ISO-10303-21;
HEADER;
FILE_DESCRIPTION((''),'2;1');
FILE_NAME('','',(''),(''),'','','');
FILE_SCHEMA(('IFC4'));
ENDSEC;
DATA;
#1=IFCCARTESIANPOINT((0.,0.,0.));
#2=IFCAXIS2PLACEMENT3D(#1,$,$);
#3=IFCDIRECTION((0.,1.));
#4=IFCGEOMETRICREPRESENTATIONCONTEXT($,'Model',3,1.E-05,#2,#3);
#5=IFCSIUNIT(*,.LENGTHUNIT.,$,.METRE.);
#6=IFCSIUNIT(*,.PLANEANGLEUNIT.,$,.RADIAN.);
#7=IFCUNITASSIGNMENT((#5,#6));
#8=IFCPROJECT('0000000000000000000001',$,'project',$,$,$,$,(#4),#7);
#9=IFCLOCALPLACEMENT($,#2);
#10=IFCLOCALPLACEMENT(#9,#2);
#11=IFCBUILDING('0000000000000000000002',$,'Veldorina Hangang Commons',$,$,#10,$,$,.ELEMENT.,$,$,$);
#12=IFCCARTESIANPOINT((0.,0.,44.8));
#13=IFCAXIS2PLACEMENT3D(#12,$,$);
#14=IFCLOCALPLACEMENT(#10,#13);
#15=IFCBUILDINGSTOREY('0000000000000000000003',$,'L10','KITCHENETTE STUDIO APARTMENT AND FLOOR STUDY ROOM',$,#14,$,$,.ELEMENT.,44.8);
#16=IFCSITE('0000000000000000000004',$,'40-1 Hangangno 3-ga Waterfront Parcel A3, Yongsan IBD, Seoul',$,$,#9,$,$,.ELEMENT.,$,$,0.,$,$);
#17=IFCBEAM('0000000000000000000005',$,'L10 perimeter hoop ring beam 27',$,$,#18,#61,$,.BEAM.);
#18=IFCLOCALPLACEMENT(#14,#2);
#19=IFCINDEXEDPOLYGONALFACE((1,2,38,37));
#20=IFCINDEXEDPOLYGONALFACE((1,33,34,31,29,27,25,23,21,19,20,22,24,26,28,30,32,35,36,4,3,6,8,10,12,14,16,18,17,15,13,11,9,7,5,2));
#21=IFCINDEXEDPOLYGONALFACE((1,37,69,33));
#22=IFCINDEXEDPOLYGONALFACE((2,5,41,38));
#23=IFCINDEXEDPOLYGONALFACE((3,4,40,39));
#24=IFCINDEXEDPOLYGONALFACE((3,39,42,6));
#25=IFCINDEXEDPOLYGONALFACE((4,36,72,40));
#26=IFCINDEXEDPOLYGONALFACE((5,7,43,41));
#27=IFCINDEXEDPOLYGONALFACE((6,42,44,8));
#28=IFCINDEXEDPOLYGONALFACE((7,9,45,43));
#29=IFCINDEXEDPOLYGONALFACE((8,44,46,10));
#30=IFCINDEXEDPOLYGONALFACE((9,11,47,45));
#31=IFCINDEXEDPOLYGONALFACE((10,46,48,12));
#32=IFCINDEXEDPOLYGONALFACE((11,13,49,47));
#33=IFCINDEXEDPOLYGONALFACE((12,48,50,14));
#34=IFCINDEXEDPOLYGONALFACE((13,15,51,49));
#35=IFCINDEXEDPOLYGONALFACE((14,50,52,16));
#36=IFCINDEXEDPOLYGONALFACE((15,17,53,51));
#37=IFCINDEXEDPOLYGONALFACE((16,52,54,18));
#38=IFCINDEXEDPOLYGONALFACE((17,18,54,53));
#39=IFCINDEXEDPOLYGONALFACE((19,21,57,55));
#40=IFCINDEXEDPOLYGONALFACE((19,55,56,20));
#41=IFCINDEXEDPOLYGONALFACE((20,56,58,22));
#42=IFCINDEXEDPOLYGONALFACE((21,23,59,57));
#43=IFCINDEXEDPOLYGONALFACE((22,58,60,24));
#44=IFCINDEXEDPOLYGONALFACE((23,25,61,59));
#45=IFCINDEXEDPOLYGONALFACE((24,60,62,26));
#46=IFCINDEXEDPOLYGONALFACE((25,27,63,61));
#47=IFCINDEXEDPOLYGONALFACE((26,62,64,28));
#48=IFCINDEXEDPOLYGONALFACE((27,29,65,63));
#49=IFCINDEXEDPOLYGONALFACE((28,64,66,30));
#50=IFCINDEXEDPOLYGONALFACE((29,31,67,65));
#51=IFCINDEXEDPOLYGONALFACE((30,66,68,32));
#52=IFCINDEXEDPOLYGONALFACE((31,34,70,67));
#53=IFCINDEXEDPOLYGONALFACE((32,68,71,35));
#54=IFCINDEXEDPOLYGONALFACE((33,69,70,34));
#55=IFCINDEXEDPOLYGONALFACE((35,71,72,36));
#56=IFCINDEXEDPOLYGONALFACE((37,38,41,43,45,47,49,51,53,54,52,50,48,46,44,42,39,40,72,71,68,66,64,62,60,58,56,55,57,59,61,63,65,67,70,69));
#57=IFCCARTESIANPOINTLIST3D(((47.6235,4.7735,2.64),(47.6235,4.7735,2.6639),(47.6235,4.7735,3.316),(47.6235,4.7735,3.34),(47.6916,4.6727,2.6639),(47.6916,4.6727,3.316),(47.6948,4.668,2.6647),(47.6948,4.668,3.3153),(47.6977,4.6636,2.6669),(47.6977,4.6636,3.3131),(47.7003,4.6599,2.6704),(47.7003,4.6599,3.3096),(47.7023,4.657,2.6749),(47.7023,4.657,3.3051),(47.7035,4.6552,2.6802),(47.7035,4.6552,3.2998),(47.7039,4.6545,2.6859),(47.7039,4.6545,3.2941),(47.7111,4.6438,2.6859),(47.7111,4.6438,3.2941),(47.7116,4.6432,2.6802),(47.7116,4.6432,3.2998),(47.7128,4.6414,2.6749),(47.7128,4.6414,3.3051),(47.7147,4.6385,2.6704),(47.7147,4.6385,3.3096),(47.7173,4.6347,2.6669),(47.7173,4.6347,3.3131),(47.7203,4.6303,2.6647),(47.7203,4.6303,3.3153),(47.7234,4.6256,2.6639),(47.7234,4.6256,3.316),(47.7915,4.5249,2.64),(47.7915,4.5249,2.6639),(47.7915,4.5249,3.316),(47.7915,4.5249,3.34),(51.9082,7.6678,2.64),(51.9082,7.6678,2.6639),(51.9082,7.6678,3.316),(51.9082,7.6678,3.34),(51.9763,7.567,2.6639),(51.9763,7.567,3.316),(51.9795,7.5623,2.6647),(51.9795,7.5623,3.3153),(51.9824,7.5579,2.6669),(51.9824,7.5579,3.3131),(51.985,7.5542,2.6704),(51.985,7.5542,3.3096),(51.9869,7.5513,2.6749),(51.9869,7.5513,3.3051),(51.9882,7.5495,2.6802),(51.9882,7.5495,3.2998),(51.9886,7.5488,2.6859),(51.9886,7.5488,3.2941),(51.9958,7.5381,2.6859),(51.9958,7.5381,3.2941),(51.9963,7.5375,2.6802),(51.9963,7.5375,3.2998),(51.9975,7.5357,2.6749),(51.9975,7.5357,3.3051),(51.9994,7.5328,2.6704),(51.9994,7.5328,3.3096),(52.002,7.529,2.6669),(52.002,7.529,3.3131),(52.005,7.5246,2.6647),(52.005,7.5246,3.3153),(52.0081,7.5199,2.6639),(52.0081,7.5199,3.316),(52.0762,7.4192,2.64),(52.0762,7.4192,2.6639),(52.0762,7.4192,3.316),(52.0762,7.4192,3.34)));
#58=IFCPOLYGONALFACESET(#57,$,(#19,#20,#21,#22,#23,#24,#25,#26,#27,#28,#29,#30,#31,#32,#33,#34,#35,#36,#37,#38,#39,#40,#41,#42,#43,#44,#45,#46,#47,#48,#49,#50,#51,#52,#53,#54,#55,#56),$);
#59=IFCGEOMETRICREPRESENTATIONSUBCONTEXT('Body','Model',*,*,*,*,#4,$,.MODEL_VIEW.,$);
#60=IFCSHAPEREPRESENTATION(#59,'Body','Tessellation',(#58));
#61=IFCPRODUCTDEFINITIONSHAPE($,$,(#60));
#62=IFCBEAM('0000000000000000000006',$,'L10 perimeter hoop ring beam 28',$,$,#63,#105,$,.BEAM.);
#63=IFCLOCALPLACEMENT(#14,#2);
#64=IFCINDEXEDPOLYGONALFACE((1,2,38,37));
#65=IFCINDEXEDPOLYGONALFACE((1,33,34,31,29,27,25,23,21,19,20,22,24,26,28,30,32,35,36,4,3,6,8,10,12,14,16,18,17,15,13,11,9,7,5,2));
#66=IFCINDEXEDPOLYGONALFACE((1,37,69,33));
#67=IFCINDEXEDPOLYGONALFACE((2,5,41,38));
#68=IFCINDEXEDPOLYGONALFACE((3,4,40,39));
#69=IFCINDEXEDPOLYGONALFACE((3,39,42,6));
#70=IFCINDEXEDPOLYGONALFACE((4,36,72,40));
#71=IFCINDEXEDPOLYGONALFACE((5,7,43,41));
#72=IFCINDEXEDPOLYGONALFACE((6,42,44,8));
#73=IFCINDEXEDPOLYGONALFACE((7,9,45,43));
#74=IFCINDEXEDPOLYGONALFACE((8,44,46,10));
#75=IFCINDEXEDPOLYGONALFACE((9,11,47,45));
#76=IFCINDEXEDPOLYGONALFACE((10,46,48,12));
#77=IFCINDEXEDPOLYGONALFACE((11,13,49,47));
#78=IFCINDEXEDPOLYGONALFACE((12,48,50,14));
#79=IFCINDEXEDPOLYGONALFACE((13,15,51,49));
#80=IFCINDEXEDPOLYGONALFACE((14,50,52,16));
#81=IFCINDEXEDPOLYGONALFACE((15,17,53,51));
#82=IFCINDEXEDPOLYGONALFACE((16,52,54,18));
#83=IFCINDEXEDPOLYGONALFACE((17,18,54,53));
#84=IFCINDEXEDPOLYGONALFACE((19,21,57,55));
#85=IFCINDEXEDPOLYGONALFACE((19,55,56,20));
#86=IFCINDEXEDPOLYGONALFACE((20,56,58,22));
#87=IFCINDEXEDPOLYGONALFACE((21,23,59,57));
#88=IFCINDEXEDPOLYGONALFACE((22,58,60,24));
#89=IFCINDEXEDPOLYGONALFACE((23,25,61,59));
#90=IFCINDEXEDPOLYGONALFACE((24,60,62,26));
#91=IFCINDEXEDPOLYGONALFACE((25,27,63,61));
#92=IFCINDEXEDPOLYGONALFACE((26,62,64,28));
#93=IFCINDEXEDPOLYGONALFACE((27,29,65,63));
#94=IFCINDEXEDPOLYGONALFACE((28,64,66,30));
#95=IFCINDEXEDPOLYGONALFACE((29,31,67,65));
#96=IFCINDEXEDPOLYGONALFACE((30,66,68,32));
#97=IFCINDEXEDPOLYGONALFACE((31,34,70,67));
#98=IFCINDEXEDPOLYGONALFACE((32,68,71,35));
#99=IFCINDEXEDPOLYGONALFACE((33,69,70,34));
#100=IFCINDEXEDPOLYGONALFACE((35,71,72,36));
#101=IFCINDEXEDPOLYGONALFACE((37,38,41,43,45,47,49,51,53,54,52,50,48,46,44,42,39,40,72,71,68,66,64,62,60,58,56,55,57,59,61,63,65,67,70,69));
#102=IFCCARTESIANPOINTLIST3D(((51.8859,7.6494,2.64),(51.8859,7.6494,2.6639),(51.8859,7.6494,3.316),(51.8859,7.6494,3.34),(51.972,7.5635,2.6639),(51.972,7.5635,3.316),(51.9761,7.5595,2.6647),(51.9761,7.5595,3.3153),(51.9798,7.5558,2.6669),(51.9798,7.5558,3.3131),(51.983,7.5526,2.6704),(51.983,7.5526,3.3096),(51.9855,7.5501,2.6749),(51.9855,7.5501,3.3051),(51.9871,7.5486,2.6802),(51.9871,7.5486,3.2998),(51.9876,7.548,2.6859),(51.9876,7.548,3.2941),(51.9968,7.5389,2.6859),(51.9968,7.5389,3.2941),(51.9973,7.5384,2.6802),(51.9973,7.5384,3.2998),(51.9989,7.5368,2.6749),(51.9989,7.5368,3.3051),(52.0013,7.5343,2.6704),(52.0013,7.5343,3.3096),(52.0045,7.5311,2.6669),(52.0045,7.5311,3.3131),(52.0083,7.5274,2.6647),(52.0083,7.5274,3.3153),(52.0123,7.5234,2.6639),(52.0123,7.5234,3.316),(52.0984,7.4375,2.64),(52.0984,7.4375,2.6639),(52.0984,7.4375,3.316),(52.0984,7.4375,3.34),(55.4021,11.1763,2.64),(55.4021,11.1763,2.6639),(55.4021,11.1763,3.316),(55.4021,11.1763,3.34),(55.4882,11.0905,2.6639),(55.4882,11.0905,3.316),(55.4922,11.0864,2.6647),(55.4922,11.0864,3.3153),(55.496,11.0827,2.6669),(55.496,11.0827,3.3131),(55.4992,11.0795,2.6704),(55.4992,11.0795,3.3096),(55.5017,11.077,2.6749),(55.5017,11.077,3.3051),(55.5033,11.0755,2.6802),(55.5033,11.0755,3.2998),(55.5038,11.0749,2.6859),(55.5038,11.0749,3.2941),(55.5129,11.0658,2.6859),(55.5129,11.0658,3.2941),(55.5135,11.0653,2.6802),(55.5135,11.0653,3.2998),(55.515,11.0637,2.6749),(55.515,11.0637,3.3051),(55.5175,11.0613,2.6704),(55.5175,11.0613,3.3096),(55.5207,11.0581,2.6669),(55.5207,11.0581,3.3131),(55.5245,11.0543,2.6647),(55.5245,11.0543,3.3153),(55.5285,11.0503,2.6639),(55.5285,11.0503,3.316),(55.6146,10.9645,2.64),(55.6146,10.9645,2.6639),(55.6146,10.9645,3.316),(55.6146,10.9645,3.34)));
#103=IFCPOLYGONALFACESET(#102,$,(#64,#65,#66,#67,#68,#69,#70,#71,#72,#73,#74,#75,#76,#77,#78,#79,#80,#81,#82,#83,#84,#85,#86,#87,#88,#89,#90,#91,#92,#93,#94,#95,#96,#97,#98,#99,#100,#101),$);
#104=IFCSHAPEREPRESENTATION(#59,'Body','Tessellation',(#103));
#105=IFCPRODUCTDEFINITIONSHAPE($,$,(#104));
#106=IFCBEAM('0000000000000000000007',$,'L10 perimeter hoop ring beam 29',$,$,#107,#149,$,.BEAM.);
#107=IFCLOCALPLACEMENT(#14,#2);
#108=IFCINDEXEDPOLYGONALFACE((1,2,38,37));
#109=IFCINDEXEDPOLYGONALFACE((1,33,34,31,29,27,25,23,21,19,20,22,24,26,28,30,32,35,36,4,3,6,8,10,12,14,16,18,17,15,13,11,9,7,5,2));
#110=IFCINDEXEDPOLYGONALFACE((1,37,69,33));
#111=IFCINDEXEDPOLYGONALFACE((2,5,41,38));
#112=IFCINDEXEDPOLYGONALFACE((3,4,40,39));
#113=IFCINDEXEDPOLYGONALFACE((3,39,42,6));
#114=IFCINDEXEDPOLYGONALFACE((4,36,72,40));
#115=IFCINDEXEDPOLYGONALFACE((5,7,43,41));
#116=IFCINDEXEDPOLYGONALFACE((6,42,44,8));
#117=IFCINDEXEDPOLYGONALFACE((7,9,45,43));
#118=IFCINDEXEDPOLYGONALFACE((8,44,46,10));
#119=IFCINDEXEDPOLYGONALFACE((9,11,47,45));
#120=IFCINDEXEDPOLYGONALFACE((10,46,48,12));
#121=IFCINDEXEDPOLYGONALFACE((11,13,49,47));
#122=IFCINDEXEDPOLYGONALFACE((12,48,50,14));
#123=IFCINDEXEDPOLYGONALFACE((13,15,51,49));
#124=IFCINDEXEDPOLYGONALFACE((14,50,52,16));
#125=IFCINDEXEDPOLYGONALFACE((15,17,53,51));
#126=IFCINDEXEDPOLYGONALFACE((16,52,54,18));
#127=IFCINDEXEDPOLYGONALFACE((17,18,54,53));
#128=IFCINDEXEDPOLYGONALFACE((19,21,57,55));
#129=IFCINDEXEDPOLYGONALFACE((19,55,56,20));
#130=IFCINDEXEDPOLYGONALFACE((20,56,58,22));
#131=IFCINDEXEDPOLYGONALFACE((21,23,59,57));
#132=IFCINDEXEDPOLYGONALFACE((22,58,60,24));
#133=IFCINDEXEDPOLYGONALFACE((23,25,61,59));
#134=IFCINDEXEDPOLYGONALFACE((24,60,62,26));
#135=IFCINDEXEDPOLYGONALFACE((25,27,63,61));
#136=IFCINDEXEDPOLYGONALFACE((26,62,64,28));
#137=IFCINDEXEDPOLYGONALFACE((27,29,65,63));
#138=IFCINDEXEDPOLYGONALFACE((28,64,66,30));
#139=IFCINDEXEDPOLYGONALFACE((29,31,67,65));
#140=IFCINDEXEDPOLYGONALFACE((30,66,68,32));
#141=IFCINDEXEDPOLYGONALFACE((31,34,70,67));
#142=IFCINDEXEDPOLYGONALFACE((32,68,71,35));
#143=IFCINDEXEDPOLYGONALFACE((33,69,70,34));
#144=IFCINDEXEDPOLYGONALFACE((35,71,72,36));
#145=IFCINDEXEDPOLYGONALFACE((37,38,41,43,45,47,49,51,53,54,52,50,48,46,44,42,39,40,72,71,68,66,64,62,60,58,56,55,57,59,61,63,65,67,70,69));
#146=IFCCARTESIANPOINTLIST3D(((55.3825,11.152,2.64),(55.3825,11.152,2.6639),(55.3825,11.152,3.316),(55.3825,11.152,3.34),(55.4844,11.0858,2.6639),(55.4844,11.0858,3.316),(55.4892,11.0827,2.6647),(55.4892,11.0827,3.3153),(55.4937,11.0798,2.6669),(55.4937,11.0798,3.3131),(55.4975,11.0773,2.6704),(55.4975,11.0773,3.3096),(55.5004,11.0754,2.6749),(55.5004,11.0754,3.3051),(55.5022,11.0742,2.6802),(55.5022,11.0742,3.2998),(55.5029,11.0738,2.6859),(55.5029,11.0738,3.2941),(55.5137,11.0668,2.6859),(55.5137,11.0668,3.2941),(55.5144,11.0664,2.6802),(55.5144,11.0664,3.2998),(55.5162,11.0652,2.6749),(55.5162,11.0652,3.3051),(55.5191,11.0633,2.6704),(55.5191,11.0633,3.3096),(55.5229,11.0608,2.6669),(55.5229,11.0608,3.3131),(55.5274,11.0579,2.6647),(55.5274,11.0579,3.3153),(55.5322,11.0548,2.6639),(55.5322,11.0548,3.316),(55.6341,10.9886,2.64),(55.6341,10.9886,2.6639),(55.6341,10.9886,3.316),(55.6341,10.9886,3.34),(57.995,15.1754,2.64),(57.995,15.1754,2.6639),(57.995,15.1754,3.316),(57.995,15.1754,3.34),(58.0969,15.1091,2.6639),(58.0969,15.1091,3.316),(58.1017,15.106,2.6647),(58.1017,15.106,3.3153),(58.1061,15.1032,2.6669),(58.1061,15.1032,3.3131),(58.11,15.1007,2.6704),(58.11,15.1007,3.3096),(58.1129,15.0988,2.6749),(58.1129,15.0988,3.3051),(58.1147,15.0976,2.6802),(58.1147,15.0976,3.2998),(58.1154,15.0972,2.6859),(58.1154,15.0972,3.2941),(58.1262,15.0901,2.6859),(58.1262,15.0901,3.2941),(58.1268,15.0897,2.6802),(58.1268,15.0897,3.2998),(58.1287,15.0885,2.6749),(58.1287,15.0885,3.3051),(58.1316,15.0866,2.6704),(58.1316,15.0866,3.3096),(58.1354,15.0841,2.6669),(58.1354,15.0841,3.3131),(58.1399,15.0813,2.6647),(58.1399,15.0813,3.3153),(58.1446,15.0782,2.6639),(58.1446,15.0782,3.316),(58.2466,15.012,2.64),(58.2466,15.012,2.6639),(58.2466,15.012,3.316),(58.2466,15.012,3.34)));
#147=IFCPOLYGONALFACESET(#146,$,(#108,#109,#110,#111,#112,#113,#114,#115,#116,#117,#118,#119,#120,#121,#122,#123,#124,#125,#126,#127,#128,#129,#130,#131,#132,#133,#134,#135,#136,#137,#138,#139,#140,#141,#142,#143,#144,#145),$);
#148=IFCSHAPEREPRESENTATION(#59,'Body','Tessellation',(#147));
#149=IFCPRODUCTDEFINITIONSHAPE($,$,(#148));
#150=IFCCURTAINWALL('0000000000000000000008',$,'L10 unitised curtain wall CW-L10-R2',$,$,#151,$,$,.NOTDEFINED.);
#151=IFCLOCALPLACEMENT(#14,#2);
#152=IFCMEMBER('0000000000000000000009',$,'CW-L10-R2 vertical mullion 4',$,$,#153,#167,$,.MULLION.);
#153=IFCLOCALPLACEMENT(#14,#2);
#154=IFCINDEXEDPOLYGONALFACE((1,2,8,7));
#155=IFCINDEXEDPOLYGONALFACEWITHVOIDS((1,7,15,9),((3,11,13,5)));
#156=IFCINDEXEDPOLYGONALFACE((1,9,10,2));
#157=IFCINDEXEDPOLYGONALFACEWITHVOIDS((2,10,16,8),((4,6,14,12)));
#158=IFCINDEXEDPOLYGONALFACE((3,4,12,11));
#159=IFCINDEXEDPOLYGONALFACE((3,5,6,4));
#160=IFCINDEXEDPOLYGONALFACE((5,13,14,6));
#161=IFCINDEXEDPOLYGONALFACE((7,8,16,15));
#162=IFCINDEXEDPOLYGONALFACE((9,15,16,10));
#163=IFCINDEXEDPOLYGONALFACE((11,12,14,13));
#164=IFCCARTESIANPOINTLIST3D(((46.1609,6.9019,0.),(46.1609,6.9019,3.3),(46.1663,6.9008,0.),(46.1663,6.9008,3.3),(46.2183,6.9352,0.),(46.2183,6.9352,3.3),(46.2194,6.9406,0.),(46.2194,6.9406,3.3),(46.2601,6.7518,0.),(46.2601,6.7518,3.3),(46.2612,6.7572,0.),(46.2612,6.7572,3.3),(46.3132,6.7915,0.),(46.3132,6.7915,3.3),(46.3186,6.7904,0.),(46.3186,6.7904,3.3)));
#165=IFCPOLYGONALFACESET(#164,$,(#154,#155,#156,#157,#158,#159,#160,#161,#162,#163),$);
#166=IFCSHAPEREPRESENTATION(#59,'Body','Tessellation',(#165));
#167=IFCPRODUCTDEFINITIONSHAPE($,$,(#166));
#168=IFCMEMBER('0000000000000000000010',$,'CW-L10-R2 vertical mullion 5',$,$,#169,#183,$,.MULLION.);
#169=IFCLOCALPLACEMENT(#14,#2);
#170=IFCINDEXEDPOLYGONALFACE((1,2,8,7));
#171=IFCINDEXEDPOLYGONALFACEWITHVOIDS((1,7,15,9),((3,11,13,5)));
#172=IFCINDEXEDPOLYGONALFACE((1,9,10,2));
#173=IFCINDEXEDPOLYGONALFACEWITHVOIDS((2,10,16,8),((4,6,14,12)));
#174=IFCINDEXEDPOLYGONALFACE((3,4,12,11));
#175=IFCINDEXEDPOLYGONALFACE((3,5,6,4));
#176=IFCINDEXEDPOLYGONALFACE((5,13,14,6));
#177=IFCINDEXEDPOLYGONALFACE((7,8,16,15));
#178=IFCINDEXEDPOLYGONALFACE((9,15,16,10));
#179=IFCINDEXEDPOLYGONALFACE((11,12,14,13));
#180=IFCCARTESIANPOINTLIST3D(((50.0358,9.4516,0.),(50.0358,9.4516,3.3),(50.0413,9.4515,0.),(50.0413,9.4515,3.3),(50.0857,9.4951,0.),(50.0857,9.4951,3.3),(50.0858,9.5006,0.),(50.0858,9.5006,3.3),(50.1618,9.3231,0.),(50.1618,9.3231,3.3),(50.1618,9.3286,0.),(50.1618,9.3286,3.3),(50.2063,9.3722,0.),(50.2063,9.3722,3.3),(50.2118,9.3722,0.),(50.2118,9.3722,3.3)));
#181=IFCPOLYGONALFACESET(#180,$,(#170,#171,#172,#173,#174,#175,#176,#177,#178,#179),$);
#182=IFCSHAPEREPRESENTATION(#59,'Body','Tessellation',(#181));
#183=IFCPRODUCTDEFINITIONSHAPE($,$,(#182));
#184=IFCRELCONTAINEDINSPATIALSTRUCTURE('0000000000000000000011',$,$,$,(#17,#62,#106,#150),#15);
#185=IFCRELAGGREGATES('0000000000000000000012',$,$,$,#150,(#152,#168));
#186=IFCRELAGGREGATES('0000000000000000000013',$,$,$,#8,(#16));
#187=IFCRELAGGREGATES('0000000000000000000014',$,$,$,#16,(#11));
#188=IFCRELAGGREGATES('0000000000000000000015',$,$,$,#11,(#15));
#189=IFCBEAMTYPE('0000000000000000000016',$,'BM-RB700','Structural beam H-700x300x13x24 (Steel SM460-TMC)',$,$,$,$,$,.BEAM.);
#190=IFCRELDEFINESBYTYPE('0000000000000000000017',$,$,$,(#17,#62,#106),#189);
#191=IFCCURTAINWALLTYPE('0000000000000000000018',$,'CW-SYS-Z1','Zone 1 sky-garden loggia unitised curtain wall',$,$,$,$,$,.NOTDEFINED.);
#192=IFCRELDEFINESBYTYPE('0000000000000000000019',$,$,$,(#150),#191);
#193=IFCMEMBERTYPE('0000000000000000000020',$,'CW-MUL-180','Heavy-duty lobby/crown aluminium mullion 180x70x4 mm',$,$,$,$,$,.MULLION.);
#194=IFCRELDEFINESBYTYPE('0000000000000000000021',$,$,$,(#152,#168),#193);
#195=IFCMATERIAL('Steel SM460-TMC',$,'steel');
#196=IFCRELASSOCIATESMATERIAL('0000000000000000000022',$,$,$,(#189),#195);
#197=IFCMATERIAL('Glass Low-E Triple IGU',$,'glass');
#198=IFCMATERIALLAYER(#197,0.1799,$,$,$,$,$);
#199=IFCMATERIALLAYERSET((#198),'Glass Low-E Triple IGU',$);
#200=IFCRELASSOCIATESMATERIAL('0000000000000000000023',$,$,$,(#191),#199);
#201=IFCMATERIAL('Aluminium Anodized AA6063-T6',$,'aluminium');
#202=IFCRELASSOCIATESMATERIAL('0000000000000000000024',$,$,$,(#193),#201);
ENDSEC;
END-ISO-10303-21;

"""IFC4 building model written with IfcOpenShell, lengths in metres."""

from ifc_helpers import new_model, si_unit, direction, frame, origin, origin_2d, place, context, subcontext, project, spatial, hollow_rectangle, i_section, extrude, material, layer, layer_set, material_profile, profile_set, type_object, element, aggregate, save


model = new_model("IFC4")

# Units and contexts
model_context = context("Model", 3, precision=1e-05, world=origin(), true_north=direction((0.0, 1.0)))
body_context = subcontext(model_context, "Body", "Model", "MODEL_VIEW")
ifc_project = project(units=[si_unit("LENGTHUNIT", "METRE"), si_unit("PLANEANGLEUNIT", "RADIAN")], contexts=[model_context])

# Site, building, storey
site_placement = place(None, origin())
site = spatial("IfcSite", under=ifc_project, at=site_placement, Name="40-1 Hangangno 3-ga Waterfront Parcel A3, Yongsan IBD, Seoul", CompositionType="ELEMENT", RefElevation=0.0)
building_placement = place(site_placement, origin())
building = spatial("IfcBuilding", under=site, at=building_placement, Name="Veldorina Hangang Commons", CompositionType="ELEMENT")
storey_placement = place(building_placement, frame((0.0, 0.0, 44.8)))
storey = spatial("IfcBuildingStorey", under=building, at=storey_placement, Name="L10", Description="KITCHENETTE STUDIO APARTMENT AND FLOOR STUDY ROOM", CompositionType="ELEMENT", Elevation=44.8)

# Beams
ifc_material_1 = material(Name="Steel SM460-TMC", Category="steel")
ifc_material_profile_1 = material_profile(ifc_material_1, i_section(OverallWidth=0.3, OverallDepth=0.7, WebThickness=0.0129, FlangeThickness=0.0239, FilletRadius=0.022, at=origin_2d()), Name="H-700x300x13x24")
ifc_profile_set_1 = profile_set([ifc_material_profile_1], Name="Steel SM460-TMC")
beam_type = type_object("IfcBeamType", Name="BM-RB700", Description="Structural beam H-700x300x13x24 (Steel SM460-TMC)", PredefinedType="BEAM", material=ifc_profile_set_1)
beam_1_placement = place(storey_placement, frame((47.7075, 4.6492, 2.99), z_axis=(0.828657, 0.559757, 0.0), x_axis=(-0.559757, 0.828657, 0.0)))
element("IfcBeam", 1, at=beam_1_placement, inside=storey, type_object=beam_type, Name="L10 perimeter hoop ring beam 27", PredefinedType="BEAM", context=body_context, shape_type="SweptSolid", body=[
    extrude(i_section(OverallWidth=0.3, OverallDepth=0.7, WebThickness=0.0129, FlangeThickness=0.0239, FilletRadius=0.022, at=origin_2d()), origin(), (0.0, 0.0, 1.0), 5.1707),
])
beam_2_placement = place(storey_placement, frame((51.9922, 7.5435, 2.99), z_axis=(0.706027, 0.708184, 0.0), x_axis=(-0.708184, 0.706027, 0.0)))
element("IfcBeam", 2, at=beam_2_placement, inside=storey, type_object=beam_type, Name="L10 perimeter hoop ring beam 28", PredefinedType="BEAM", context=body_context, shape_type="SweptSolid", body=[
    extrude(i_section(OverallWidth=0.3, OverallDepth=0.7, WebThickness=0.0129, FlangeThickness=0.0239, FilletRadius=0.022, at=origin_2d()), origin(), (0.0, 0.0, 1.0), 4.9802),
])
beam_3_placement = place(storey_placement, frame((55.5083, 11.0703, 2.99), z_axis=(0.544595, 0.838699, 0.0), x_axis=(-0.838699, 0.544595, 0.0)))
element("IfcBeam", 3, at=beam_3_placement, inside=storey, type_object=beam_type, Name="L10 perimeter hoop ring beam 29", PredefinedType="BEAM", context=body_context, shape_type="SweptSolid", body=[
    extrude(i_section(OverallWidth=0.3, OverallDepth=0.7, WebThickness=0.0129, FlangeThickness=0.0239, FilletRadius=0.022, at=origin_2d()), origin(), (0.0, 0.0, 1.0), 4.7971),
])

# Curtain wall, members
ifc_material_2 = material(Name="Glass Low-E Triple IGU", Category="glass")
ifc_layer_1 = layer(ifc_material_2, 0.1799)
ifc_layer_set_1 = layer_set([ifc_layer_1], Name="Glass Low-E Triple IGU")
curtain_wall_type = type_object("IfcCurtainWallType", Name="CW-SYS-Z1", Description="Zone 1 sky-garden loggia unitised curtain wall", PredefinedType="NOTDEFINED", material=ifc_layer_set_1)
curtain_wall_placement = place(storey_placement, origin())
curtain_wall = element("IfcCurtainWall", 4, at=curtain_wall_placement, inside=storey, type_object=curtain_wall_type, Name="L10 unitised curtain wall CW-L10-R2", PredefinedType="NOTDEFINED")
ifc_material_3 = material(Name="Aluminium Anodized AA6063-T6", Category="aluminium")
ifc_material_profile_2 = material_profile(ifc_material_3, hollow_rectangle(XDim=0.0701, YDim=0.1799, WallThickness=0.0039, at=origin_2d()), Name="ALU-RHS-180x70x4")
ifc_profile_set_2 = profile_set([ifc_material_profile_2], Name="Aluminium Anodized AA6063-T6")
member_type_1 = type_object("IfcMemberType", Name="CW-MUL-180", Description="Heavy-duty lobby/crown aluminium mullion 180x70x4 mm", PredefinedType="MULLION", material=ifc_profile_set_2)
member_1_placement = place(storey_placement, frame((46.2397, 6.8462, 0.0), z_axis=(0.0, 0.0, 1.0), x_axis=(0.834386, 0.55118, 0.0)))
member_1 = element("IfcMember", 5, at=member_1_placement, type_object=member_type_1, Name="CW-L10-R2 vertical mullion 4", PredefinedType="MULLION", context=body_context, shape_type="SweptSolid", body=[
    extrude(hollow_rectangle(XDim=0.0701, YDim=0.1799, WallThickness=0.0039, at=origin_2d()), origin(), (0.0, 0.0, 1.0), 3.3),
])
member_2_placement = place(storey_placement, frame((50.1238, 9.4119, 0.0), z_axis=(0.0, 0.0, 1.0), x_axis=(0.713923, 0.700224, 0.0)))
member_2 = element("IfcMember", 6, at=member_2_placement, type_object=member_type_1, Name="CW-L10-R2 vertical mullion 5", PredefinedType="MULLION", context=body_context, shape_type="SweptSolid", body=[
    extrude(hollow_rectangle(XDim=0.0701, YDim=0.1799, WallThickness=0.0039, at=origin_2d()), origin(), (0.0, 0.0, 1.0), 3.3),
])

aggregate(curtain_wall, [member_1, member_2])

save(model, "model.ifc")
